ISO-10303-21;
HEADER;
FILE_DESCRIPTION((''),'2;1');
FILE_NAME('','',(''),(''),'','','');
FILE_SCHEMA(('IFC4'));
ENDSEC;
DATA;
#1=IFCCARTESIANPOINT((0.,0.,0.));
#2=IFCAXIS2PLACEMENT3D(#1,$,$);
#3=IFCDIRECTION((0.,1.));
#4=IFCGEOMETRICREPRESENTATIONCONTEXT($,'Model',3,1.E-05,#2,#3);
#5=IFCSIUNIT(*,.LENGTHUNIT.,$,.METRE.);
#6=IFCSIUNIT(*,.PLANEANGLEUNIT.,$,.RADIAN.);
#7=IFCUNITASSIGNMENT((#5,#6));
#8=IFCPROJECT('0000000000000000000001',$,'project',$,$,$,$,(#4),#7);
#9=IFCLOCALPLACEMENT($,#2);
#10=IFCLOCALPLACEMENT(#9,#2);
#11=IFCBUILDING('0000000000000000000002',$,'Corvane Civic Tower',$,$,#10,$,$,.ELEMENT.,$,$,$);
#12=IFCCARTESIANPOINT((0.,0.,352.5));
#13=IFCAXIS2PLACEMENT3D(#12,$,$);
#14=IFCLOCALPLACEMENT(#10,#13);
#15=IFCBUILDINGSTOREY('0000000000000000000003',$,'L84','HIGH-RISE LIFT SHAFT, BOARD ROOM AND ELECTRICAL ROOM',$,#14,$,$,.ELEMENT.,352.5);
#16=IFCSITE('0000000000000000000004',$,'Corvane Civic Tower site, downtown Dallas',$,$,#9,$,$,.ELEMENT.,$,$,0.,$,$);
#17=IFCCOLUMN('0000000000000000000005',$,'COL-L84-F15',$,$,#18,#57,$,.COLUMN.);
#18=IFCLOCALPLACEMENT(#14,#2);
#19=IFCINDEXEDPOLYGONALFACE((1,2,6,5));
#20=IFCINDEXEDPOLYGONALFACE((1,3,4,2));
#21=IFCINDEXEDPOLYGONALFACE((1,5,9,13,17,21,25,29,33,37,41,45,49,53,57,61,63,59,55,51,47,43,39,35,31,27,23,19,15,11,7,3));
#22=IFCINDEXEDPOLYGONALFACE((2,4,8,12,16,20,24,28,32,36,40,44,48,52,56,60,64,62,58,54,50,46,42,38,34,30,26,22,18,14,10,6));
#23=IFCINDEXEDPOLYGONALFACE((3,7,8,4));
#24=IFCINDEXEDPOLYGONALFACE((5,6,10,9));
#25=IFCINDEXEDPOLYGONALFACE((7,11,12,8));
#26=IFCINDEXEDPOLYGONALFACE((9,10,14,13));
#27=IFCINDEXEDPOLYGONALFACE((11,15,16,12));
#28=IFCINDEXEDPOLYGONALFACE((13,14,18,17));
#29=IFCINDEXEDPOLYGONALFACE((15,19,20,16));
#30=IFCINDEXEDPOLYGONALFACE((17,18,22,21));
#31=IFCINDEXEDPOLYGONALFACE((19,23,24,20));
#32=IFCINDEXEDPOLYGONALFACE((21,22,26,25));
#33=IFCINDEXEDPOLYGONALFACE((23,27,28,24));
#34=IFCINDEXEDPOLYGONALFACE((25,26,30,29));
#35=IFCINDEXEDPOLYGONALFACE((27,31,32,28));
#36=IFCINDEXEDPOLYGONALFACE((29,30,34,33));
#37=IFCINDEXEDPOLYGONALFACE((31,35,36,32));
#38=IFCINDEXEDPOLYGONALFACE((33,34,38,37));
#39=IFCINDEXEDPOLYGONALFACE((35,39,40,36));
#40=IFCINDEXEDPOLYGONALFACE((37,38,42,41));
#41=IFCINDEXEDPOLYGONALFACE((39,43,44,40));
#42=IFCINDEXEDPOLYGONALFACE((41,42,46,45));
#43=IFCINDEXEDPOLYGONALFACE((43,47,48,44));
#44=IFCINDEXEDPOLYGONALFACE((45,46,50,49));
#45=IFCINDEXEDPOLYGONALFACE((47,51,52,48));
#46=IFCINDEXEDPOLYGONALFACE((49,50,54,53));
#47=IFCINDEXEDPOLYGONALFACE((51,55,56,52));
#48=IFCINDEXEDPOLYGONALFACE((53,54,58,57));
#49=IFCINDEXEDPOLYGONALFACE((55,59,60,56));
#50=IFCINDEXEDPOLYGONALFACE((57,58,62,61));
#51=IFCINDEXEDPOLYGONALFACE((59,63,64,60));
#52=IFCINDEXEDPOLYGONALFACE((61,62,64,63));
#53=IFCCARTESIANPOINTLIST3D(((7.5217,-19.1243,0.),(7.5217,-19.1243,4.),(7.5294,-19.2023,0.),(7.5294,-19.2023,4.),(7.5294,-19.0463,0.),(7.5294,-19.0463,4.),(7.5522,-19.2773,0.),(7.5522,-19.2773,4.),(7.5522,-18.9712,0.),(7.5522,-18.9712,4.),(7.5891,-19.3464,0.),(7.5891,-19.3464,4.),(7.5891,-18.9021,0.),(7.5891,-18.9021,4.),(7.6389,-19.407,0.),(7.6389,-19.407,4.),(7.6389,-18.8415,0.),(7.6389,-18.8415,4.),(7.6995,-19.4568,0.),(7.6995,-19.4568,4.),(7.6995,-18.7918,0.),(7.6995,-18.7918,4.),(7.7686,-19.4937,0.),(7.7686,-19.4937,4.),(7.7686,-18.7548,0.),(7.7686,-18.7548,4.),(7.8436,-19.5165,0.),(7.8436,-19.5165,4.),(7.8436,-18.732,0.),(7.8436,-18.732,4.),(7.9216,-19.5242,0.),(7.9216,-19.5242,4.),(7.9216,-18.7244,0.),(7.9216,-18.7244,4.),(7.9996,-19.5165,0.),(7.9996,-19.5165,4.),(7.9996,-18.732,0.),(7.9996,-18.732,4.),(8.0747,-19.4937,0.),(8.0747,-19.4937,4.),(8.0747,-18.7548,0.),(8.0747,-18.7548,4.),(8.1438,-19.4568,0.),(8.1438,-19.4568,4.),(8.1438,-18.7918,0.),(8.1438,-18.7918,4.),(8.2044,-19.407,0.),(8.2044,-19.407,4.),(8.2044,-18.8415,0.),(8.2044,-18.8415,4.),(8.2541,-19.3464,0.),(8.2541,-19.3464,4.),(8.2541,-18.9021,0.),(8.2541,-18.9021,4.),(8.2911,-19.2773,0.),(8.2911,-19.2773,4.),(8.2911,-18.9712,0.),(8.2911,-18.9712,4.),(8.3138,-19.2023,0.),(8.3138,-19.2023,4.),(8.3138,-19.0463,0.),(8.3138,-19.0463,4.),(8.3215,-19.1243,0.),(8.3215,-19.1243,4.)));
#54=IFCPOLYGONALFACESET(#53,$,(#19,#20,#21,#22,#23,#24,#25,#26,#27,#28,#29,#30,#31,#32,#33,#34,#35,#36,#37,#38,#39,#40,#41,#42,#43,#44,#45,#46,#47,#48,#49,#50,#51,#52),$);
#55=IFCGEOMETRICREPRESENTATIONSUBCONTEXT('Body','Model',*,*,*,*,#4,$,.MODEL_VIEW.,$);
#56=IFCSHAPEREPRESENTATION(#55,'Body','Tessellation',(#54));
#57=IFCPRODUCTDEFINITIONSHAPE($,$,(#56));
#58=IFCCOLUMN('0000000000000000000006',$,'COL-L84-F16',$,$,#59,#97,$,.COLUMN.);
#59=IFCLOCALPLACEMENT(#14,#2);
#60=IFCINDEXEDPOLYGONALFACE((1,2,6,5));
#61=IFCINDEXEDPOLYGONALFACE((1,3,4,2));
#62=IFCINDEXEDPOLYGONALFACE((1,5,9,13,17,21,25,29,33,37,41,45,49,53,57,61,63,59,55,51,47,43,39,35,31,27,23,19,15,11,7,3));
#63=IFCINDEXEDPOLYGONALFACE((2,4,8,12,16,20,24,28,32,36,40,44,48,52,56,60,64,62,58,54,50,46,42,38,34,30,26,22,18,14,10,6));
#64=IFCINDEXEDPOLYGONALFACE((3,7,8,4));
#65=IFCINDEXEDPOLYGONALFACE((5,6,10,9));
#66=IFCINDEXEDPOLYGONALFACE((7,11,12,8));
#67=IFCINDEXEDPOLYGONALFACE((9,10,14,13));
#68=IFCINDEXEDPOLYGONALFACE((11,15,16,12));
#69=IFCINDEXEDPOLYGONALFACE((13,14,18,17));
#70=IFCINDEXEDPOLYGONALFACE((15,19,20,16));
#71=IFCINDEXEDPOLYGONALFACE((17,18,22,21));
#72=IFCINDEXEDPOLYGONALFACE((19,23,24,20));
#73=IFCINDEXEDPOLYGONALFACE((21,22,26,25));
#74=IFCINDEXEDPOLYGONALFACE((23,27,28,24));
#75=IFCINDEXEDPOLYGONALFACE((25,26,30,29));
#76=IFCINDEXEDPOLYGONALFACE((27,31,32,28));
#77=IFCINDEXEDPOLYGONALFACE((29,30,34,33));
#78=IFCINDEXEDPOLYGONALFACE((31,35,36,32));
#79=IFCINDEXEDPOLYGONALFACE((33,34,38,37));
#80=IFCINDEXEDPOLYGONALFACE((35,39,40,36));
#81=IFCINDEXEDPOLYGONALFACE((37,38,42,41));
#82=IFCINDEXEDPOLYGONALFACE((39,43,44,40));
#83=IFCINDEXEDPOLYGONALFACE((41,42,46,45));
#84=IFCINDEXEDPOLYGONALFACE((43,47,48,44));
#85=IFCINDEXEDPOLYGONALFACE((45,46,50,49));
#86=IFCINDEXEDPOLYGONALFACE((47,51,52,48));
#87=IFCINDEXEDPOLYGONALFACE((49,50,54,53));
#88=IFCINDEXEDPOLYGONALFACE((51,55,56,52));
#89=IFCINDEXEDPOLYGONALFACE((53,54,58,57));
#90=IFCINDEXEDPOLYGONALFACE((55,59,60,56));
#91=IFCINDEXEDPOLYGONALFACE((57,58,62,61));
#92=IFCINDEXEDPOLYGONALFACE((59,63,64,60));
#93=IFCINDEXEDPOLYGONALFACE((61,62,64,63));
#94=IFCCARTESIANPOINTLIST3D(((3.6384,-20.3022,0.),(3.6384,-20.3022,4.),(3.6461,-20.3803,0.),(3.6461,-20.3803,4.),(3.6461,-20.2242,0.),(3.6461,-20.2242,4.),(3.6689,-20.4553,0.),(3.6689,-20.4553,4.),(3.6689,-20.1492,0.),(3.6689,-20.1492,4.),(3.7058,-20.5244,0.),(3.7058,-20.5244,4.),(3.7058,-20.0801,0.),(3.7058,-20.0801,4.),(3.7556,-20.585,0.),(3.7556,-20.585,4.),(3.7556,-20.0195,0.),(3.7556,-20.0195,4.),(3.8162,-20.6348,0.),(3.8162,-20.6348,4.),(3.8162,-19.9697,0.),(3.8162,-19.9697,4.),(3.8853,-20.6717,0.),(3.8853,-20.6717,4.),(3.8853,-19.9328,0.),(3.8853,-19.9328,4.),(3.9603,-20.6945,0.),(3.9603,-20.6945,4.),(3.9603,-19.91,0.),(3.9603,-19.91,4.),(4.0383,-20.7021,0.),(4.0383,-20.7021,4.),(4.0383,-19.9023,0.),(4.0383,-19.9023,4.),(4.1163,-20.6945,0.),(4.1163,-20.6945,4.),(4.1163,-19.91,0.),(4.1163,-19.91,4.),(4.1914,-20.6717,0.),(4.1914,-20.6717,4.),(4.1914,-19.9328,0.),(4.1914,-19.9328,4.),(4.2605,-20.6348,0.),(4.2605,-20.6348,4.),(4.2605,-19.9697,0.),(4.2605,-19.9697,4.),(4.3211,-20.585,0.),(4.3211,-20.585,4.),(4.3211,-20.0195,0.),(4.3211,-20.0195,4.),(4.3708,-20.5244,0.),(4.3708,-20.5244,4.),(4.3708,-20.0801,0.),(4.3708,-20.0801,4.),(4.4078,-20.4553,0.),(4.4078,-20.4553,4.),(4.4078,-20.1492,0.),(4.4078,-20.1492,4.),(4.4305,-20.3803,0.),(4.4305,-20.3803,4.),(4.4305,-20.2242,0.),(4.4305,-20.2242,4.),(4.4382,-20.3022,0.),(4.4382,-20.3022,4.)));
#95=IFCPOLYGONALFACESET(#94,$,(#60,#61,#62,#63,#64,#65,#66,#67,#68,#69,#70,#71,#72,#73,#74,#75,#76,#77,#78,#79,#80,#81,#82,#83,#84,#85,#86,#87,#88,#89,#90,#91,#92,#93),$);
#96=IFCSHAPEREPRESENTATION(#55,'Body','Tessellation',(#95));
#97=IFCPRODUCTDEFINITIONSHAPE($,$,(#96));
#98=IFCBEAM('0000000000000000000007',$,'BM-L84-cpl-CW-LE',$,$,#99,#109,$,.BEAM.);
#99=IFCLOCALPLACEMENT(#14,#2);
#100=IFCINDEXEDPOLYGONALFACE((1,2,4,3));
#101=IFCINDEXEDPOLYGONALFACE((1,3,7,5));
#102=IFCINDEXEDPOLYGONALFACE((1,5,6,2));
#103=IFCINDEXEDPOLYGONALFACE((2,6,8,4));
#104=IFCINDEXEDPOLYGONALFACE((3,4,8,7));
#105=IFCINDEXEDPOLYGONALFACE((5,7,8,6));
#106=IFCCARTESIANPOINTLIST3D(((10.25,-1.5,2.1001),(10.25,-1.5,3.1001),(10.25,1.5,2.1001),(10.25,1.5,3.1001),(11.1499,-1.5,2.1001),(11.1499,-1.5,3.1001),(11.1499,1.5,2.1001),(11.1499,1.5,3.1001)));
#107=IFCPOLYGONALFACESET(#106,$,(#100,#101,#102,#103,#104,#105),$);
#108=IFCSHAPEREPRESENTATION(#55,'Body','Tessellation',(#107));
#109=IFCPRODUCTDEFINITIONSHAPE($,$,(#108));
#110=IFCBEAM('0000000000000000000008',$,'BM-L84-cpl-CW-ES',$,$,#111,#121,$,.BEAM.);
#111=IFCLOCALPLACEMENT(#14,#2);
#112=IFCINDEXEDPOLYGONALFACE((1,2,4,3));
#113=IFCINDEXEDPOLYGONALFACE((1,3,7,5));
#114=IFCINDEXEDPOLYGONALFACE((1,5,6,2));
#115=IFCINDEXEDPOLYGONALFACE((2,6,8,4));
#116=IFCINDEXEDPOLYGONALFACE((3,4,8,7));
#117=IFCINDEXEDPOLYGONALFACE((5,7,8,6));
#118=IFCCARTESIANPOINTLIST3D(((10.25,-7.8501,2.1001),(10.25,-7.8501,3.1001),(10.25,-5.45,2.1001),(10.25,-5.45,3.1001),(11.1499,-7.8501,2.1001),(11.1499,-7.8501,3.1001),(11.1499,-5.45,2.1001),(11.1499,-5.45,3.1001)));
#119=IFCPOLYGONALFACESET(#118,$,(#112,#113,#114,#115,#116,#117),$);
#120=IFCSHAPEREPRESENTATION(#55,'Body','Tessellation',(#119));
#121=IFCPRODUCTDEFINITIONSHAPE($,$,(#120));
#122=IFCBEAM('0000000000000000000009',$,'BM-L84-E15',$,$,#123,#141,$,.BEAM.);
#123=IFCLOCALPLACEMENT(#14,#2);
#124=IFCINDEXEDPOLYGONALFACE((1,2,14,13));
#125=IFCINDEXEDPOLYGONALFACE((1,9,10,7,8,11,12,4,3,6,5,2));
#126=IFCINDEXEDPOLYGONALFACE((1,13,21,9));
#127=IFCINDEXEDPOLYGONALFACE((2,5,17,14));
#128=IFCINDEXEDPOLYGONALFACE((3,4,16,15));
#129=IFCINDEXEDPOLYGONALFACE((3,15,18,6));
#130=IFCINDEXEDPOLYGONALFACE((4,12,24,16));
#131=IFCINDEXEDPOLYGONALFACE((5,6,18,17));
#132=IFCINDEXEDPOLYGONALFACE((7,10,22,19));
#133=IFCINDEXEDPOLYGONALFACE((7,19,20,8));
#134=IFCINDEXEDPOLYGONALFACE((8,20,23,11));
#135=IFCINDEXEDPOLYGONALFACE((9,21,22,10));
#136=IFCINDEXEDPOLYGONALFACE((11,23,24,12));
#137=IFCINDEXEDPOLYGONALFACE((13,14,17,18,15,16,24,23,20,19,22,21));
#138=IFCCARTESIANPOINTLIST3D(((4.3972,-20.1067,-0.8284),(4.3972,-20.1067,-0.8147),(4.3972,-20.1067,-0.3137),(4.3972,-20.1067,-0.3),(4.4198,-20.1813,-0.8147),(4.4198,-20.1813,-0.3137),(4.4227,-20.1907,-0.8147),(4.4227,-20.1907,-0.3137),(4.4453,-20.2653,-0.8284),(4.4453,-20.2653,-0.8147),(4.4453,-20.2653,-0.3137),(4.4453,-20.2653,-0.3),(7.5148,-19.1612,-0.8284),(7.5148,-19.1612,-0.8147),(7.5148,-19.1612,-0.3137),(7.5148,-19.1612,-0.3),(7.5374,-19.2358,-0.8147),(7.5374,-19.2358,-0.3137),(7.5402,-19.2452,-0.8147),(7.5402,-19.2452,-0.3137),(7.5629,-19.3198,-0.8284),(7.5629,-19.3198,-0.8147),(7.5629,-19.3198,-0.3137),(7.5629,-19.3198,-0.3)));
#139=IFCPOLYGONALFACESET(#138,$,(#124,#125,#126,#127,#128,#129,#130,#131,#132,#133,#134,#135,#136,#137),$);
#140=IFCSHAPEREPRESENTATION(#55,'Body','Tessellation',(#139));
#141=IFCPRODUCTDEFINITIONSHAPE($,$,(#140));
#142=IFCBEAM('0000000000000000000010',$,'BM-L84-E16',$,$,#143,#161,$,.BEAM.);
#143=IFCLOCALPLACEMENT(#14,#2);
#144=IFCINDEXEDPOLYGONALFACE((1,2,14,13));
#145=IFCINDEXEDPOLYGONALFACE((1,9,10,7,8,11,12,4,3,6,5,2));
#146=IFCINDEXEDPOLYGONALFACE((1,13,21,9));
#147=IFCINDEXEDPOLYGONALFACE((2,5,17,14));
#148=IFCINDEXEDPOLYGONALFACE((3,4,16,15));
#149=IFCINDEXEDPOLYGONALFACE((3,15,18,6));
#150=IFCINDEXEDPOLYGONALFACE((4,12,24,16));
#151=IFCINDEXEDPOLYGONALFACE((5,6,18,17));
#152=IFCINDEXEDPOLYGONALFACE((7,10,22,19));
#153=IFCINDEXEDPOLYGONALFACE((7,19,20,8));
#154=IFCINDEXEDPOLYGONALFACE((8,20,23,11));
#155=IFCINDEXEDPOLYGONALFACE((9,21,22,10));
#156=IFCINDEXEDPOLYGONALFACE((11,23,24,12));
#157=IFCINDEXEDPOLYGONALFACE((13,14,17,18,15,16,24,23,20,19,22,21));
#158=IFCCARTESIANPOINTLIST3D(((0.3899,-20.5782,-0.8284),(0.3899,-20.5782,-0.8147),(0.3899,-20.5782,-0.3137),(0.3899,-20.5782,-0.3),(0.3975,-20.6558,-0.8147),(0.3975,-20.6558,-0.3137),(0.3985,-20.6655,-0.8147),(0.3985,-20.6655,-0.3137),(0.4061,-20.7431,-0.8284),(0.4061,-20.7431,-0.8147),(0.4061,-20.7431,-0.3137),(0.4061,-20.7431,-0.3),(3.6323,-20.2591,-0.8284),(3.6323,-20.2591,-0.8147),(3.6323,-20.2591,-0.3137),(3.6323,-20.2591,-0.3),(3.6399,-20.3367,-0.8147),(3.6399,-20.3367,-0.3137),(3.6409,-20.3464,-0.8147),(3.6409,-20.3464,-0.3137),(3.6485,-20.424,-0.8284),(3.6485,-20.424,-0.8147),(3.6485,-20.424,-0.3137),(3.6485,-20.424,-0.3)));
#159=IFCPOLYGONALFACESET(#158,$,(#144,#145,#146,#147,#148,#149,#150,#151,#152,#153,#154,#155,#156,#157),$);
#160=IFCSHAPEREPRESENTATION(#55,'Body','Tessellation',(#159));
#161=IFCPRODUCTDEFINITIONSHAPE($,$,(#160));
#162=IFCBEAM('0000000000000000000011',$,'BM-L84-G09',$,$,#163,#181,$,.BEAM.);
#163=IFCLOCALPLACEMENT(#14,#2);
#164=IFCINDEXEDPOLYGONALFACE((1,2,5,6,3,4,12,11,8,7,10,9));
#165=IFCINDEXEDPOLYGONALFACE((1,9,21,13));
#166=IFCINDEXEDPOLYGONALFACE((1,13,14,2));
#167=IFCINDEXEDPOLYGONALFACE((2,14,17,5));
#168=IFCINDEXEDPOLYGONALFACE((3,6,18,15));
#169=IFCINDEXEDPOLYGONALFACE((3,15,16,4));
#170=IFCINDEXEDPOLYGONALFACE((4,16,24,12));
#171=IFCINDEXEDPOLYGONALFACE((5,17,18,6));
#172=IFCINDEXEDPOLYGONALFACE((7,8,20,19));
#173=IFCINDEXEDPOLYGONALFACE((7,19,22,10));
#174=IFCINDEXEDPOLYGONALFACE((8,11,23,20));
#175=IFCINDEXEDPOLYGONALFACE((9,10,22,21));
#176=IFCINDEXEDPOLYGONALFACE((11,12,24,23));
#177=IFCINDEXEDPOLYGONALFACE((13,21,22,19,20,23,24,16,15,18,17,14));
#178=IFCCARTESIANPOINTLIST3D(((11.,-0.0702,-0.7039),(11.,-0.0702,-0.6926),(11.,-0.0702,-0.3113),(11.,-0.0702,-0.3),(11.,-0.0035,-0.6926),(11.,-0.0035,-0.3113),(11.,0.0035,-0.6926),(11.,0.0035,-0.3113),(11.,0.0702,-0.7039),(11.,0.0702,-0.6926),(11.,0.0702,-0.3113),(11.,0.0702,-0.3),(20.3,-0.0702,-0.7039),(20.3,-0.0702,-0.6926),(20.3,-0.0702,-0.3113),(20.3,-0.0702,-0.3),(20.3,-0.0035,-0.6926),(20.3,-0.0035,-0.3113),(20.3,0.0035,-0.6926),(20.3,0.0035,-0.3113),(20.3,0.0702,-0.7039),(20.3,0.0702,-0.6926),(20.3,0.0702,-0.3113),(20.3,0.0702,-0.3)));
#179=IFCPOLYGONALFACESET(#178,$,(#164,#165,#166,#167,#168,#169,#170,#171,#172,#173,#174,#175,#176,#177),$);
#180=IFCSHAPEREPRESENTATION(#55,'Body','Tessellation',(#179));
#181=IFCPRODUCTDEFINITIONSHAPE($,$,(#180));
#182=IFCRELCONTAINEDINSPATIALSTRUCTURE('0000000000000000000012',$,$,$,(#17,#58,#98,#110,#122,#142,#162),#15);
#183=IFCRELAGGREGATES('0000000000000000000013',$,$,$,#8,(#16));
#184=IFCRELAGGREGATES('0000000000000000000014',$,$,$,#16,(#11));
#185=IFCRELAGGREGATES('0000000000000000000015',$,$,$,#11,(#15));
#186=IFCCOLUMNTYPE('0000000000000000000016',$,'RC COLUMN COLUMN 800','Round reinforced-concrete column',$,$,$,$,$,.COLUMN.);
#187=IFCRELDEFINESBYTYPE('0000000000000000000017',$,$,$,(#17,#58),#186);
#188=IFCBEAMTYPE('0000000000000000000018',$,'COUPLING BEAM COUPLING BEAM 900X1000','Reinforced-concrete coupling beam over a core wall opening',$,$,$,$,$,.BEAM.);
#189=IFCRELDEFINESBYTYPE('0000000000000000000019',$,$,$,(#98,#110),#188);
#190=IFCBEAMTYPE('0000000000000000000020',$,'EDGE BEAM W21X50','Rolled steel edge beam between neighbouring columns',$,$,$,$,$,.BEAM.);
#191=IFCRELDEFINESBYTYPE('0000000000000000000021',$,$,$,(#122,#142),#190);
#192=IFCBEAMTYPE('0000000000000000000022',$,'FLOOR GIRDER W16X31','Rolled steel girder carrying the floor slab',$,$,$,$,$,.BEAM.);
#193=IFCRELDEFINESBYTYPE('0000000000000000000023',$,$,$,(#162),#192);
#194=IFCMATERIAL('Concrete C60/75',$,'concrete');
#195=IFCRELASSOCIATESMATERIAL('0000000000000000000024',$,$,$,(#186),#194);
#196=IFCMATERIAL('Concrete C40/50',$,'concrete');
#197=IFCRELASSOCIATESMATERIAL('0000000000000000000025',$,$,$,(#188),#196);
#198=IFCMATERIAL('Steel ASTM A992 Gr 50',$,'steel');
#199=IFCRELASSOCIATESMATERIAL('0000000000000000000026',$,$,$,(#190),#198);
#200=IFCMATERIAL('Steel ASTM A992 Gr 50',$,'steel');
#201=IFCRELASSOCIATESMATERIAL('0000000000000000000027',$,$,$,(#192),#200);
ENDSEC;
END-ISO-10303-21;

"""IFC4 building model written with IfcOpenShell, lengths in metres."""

from ifc_helpers import new_model, si_unit, direction, frame, origin, origin_2d, place, context, subcontext, project, spatial, rectangle, circle, i_section, extrude, material, material_profile, profile_set, type_object, element, save


model = new_model("IFC4")

# Units and contexts
model_context = context("Model", 3, precision=1e-05, world=origin(), true_north=direction((0.0, 1.0)))
body_context = subcontext(model_context, "Body", "Model", "MODEL_VIEW")
ifc_project = project(units=[si_unit("LENGTHUNIT", "METRE"), si_unit("PLANEANGLEUNIT", "RADIAN")], contexts=[model_context])

# Site, building, storey
site_placement = place(None, origin())
site = spatial("IfcSite", under=ifc_project, at=site_placement, Name="Corvane Civic Tower site, downtown Dallas", CompositionType="ELEMENT", RefElevation=0.0)
building_placement = place(site_placement, origin())
building = spatial("IfcBuilding", under=site, at=building_placement, Name="Corvane Civic Tower", CompositionType="ELEMENT")
storey_placement = place(building_placement, frame((0.0, 0.0, 352.5)))
storey = spatial("IfcBuildingStorey", under=building, at=storey_placement, Name="L84", Description="HIGH-RISE LIFT SHAFT, BOARD ROOM AND ELECTRICAL ROOM", CompositionType="ELEMENT", Elevation=352.5)

# Columns
ifc_material_1 = material(Name="Concrete C60/75", Category="concrete")
ifc_material_profile_1 = material_profile(ifc_material_1, circle(Radius=0.3999, at=origin_2d()), Name="COLUMN 800")
ifc_profile_set_1 = profile_set([ifc_material_profile_1], Name="Concrete C60/75")
column_type = type_object("IfcColumnType", Name="RC COLUMN COLUMN 800", Description="Round reinforced-concrete column", PredefinedType="COLUMN", material=ifc_profile_set_1)
for number, where, z_axis, x_axis, name in (
    (1, (7.9216, -19.1243, 0.0), (0.0, 0.0, 1.0), (1.0, 0.0, 0.0), "COL-L84-F15"),
    (2, (4.0383, -20.3022, 0.0), (0.0, 0.0, 1.0), (1.0, 0.0, 0.0), "COL-L84-F16"),
):
    element("IfcColumn", number, at=place(storey_placement, frame(where, z_axis=z_axis, x_axis=x_axis)), inside=storey, type_object=column_type, Name=name, PredefinedType="COLUMN", context=body_context, shape_type="SweptSolid", body=[
        extrude(circle(Radius=0.3999, at=origin_2d()), origin(), (0.0, 0.0, 1.0), 4.0),
    ])

# Beams
ifc_material_2 = material(Name="Concrete C40/50", Category="concrete")
ifc_material_profile_2 = material_profile(ifc_material_2, rectangle(XDim=0.8999, YDim=1.0, at=origin_2d()), Name="COUPLING BEAM 900X1000")
ifc_profile_set_2 = profile_set([ifc_material_profile_2], Name="Concrete C40/50")
beam_type_1 = type_object("IfcBeamType", Name="COUPLING BEAM COUPLING BEAM 900X1000", Description="Reinforced-concrete coupling beam over a core wall opening", PredefinedType="BEAM", material=ifc_profile_set_2)
beam_1_placement = place(storey_placement, frame((10.7, -1.5, 2.6001), z_axis=(0.0, 1.0, 0.0), x_axis=(-1.0, 0.0, 0.0)))
element("IfcBeam", 3, at=beam_1_placement, inside=storey, type_object=beam_type_1, Name="BM-L84-cpl-CW-LE", PredefinedType="BEAM", context=body_context, shape_type="SweptSolid", body=[
    extrude(rectangle(XDim=0.8999, YDim=1.0, at=origin_2d()), origin(), (0.0, 0.0, 1.0), 3.0),
])
beam_2_placement = place(storey_placement, frame((10.7, -7.8501, 2.6001), z_axis=(0.0, 1.0, 0.0), x_axis=(-1.0, 0.0, 0.0)))
element("IfcBeam", 4, at=beam_2_placement, inside=storey, type_object=beam_type_1, Name="BM-L84-cpl-CW-ES", PredefinedType="BEAM", context=body_context, shape_type="SweptSolid", body=[
    extrude(rectangle(XDim=0.8999, YDim=1.0, at=origin_2d()), origin(), (0.0, 0.0, 1.0), 2.4001),
])
ifc_material_3 = material(Name="Steel ASTM A992 Gr 50", Category="steel")
ifc_material_profile_3 = material_profile(ifc_material_3, i_section(OverallWidth=0.1658, OverallDepth=0.5283, WebThickness=0.0098, FlangeThickness=0.0137, at=origin_2d()), Name="W21X50")
ifc_profile_set_3 = profile_set([ifc_material_profile_3], Name="Steel ASTM A992 Gr 50")
beam_type_2 = type_object("IfcBeamType", Name="EDGE BEAM W21X50", Description="Rolled steel edge beam between neighbouring columns", PredefinedType="BEAM", material=ifc_profile_set_3)
beam_3_placement = place(storey_placement, frame((7.5388, -19.2405, -0.5642), z_axis=(-0.956956, -0.290234, 0.0), x_axis=(0.290234, -0.956956, 0.0)))
element("IfcBeam", 5, at=beam_3_placement, inside=storey, type_object=beam_type_2, Name="BM-L84-E15", PredefinedType="BEAM", context=body_context, shape_type="SweptSolid", body=[
    extrude(i_section(OverallWidth=0.1658, OverallDepth=0.5283, WebThickness=0.0098, FlangeThickness=0.0137, at=origin_2d()), origin(), (0.0, 0.0, 1.0), 3.2578),
])
beam_4_placement = place(storey_placement, frame((3.6404, -20.3416, -0.5642), z_axis=(-0.995193, -0.097938, 0.0), x_axis=(0.097938, -0.995193, 0.0)))
element("IfcBeam", 6, at=beam_4_placement, inside=storey, type_object=beam_type_2, Name="BM-L84-E16", PredefinedType="BEAM", context=body_context, shape_type="SweptSolid", body=[
    extrude(i_section(OverallWidth=0.1658, OverallDepth=0.5283, WebThickness=0.0098, FlangeThickness=0.0137, at=origin_2d()), origin(), (0.0, 0.0, 1.0), 3.2581),
])
ifc_material_4 = material(Name="Steel ASTM A992 Gr 50", Category="steel")
ifc_material_profile_4 = material_profile(ifc_material_4, i_section(OverallWidth=0.1404, OverallDepth=0.4038, WebThickness=0.0071, FlangeThickness=0.0112, at=origin_2d()), Name="W16X31")
ifc_profile_set_4 = profile_set([ifc_material_profile_4], Name="Steel ASTM A992 Gr 50")
beam_type_3 = type_object("IfcBeamType", Name="FLOOR GIRDER W16X31", Description="Rolled steel girder carrying the floor slab", PredefinedType="BEAM", material=ifc_profile_set_4)
beam_5_placement = place(storey_placement, frame((11.0, 0.0, -0.502), z_axis=(1.0, 0.0, 0.0), x_axis=(0.0, 1.0, 0.0)))
element("IfcBeam", 7, at=beam_5_placement, inside=storey, type_object=beam_type_3, Name="BM-L84-G09", PredefinedType="BEAM", context=body_context, shape_type="SweptSolid", body=[
    extrude(i_section(OverallWidth=0.1404, OverallDepth=0.4038, WebThickness=0.0071, FlangeThickness=0.0112, at=origin_2d()), origin(), (0.0, 0.0, 1.0), 9.3),
])

save(model, "model.ifc")
